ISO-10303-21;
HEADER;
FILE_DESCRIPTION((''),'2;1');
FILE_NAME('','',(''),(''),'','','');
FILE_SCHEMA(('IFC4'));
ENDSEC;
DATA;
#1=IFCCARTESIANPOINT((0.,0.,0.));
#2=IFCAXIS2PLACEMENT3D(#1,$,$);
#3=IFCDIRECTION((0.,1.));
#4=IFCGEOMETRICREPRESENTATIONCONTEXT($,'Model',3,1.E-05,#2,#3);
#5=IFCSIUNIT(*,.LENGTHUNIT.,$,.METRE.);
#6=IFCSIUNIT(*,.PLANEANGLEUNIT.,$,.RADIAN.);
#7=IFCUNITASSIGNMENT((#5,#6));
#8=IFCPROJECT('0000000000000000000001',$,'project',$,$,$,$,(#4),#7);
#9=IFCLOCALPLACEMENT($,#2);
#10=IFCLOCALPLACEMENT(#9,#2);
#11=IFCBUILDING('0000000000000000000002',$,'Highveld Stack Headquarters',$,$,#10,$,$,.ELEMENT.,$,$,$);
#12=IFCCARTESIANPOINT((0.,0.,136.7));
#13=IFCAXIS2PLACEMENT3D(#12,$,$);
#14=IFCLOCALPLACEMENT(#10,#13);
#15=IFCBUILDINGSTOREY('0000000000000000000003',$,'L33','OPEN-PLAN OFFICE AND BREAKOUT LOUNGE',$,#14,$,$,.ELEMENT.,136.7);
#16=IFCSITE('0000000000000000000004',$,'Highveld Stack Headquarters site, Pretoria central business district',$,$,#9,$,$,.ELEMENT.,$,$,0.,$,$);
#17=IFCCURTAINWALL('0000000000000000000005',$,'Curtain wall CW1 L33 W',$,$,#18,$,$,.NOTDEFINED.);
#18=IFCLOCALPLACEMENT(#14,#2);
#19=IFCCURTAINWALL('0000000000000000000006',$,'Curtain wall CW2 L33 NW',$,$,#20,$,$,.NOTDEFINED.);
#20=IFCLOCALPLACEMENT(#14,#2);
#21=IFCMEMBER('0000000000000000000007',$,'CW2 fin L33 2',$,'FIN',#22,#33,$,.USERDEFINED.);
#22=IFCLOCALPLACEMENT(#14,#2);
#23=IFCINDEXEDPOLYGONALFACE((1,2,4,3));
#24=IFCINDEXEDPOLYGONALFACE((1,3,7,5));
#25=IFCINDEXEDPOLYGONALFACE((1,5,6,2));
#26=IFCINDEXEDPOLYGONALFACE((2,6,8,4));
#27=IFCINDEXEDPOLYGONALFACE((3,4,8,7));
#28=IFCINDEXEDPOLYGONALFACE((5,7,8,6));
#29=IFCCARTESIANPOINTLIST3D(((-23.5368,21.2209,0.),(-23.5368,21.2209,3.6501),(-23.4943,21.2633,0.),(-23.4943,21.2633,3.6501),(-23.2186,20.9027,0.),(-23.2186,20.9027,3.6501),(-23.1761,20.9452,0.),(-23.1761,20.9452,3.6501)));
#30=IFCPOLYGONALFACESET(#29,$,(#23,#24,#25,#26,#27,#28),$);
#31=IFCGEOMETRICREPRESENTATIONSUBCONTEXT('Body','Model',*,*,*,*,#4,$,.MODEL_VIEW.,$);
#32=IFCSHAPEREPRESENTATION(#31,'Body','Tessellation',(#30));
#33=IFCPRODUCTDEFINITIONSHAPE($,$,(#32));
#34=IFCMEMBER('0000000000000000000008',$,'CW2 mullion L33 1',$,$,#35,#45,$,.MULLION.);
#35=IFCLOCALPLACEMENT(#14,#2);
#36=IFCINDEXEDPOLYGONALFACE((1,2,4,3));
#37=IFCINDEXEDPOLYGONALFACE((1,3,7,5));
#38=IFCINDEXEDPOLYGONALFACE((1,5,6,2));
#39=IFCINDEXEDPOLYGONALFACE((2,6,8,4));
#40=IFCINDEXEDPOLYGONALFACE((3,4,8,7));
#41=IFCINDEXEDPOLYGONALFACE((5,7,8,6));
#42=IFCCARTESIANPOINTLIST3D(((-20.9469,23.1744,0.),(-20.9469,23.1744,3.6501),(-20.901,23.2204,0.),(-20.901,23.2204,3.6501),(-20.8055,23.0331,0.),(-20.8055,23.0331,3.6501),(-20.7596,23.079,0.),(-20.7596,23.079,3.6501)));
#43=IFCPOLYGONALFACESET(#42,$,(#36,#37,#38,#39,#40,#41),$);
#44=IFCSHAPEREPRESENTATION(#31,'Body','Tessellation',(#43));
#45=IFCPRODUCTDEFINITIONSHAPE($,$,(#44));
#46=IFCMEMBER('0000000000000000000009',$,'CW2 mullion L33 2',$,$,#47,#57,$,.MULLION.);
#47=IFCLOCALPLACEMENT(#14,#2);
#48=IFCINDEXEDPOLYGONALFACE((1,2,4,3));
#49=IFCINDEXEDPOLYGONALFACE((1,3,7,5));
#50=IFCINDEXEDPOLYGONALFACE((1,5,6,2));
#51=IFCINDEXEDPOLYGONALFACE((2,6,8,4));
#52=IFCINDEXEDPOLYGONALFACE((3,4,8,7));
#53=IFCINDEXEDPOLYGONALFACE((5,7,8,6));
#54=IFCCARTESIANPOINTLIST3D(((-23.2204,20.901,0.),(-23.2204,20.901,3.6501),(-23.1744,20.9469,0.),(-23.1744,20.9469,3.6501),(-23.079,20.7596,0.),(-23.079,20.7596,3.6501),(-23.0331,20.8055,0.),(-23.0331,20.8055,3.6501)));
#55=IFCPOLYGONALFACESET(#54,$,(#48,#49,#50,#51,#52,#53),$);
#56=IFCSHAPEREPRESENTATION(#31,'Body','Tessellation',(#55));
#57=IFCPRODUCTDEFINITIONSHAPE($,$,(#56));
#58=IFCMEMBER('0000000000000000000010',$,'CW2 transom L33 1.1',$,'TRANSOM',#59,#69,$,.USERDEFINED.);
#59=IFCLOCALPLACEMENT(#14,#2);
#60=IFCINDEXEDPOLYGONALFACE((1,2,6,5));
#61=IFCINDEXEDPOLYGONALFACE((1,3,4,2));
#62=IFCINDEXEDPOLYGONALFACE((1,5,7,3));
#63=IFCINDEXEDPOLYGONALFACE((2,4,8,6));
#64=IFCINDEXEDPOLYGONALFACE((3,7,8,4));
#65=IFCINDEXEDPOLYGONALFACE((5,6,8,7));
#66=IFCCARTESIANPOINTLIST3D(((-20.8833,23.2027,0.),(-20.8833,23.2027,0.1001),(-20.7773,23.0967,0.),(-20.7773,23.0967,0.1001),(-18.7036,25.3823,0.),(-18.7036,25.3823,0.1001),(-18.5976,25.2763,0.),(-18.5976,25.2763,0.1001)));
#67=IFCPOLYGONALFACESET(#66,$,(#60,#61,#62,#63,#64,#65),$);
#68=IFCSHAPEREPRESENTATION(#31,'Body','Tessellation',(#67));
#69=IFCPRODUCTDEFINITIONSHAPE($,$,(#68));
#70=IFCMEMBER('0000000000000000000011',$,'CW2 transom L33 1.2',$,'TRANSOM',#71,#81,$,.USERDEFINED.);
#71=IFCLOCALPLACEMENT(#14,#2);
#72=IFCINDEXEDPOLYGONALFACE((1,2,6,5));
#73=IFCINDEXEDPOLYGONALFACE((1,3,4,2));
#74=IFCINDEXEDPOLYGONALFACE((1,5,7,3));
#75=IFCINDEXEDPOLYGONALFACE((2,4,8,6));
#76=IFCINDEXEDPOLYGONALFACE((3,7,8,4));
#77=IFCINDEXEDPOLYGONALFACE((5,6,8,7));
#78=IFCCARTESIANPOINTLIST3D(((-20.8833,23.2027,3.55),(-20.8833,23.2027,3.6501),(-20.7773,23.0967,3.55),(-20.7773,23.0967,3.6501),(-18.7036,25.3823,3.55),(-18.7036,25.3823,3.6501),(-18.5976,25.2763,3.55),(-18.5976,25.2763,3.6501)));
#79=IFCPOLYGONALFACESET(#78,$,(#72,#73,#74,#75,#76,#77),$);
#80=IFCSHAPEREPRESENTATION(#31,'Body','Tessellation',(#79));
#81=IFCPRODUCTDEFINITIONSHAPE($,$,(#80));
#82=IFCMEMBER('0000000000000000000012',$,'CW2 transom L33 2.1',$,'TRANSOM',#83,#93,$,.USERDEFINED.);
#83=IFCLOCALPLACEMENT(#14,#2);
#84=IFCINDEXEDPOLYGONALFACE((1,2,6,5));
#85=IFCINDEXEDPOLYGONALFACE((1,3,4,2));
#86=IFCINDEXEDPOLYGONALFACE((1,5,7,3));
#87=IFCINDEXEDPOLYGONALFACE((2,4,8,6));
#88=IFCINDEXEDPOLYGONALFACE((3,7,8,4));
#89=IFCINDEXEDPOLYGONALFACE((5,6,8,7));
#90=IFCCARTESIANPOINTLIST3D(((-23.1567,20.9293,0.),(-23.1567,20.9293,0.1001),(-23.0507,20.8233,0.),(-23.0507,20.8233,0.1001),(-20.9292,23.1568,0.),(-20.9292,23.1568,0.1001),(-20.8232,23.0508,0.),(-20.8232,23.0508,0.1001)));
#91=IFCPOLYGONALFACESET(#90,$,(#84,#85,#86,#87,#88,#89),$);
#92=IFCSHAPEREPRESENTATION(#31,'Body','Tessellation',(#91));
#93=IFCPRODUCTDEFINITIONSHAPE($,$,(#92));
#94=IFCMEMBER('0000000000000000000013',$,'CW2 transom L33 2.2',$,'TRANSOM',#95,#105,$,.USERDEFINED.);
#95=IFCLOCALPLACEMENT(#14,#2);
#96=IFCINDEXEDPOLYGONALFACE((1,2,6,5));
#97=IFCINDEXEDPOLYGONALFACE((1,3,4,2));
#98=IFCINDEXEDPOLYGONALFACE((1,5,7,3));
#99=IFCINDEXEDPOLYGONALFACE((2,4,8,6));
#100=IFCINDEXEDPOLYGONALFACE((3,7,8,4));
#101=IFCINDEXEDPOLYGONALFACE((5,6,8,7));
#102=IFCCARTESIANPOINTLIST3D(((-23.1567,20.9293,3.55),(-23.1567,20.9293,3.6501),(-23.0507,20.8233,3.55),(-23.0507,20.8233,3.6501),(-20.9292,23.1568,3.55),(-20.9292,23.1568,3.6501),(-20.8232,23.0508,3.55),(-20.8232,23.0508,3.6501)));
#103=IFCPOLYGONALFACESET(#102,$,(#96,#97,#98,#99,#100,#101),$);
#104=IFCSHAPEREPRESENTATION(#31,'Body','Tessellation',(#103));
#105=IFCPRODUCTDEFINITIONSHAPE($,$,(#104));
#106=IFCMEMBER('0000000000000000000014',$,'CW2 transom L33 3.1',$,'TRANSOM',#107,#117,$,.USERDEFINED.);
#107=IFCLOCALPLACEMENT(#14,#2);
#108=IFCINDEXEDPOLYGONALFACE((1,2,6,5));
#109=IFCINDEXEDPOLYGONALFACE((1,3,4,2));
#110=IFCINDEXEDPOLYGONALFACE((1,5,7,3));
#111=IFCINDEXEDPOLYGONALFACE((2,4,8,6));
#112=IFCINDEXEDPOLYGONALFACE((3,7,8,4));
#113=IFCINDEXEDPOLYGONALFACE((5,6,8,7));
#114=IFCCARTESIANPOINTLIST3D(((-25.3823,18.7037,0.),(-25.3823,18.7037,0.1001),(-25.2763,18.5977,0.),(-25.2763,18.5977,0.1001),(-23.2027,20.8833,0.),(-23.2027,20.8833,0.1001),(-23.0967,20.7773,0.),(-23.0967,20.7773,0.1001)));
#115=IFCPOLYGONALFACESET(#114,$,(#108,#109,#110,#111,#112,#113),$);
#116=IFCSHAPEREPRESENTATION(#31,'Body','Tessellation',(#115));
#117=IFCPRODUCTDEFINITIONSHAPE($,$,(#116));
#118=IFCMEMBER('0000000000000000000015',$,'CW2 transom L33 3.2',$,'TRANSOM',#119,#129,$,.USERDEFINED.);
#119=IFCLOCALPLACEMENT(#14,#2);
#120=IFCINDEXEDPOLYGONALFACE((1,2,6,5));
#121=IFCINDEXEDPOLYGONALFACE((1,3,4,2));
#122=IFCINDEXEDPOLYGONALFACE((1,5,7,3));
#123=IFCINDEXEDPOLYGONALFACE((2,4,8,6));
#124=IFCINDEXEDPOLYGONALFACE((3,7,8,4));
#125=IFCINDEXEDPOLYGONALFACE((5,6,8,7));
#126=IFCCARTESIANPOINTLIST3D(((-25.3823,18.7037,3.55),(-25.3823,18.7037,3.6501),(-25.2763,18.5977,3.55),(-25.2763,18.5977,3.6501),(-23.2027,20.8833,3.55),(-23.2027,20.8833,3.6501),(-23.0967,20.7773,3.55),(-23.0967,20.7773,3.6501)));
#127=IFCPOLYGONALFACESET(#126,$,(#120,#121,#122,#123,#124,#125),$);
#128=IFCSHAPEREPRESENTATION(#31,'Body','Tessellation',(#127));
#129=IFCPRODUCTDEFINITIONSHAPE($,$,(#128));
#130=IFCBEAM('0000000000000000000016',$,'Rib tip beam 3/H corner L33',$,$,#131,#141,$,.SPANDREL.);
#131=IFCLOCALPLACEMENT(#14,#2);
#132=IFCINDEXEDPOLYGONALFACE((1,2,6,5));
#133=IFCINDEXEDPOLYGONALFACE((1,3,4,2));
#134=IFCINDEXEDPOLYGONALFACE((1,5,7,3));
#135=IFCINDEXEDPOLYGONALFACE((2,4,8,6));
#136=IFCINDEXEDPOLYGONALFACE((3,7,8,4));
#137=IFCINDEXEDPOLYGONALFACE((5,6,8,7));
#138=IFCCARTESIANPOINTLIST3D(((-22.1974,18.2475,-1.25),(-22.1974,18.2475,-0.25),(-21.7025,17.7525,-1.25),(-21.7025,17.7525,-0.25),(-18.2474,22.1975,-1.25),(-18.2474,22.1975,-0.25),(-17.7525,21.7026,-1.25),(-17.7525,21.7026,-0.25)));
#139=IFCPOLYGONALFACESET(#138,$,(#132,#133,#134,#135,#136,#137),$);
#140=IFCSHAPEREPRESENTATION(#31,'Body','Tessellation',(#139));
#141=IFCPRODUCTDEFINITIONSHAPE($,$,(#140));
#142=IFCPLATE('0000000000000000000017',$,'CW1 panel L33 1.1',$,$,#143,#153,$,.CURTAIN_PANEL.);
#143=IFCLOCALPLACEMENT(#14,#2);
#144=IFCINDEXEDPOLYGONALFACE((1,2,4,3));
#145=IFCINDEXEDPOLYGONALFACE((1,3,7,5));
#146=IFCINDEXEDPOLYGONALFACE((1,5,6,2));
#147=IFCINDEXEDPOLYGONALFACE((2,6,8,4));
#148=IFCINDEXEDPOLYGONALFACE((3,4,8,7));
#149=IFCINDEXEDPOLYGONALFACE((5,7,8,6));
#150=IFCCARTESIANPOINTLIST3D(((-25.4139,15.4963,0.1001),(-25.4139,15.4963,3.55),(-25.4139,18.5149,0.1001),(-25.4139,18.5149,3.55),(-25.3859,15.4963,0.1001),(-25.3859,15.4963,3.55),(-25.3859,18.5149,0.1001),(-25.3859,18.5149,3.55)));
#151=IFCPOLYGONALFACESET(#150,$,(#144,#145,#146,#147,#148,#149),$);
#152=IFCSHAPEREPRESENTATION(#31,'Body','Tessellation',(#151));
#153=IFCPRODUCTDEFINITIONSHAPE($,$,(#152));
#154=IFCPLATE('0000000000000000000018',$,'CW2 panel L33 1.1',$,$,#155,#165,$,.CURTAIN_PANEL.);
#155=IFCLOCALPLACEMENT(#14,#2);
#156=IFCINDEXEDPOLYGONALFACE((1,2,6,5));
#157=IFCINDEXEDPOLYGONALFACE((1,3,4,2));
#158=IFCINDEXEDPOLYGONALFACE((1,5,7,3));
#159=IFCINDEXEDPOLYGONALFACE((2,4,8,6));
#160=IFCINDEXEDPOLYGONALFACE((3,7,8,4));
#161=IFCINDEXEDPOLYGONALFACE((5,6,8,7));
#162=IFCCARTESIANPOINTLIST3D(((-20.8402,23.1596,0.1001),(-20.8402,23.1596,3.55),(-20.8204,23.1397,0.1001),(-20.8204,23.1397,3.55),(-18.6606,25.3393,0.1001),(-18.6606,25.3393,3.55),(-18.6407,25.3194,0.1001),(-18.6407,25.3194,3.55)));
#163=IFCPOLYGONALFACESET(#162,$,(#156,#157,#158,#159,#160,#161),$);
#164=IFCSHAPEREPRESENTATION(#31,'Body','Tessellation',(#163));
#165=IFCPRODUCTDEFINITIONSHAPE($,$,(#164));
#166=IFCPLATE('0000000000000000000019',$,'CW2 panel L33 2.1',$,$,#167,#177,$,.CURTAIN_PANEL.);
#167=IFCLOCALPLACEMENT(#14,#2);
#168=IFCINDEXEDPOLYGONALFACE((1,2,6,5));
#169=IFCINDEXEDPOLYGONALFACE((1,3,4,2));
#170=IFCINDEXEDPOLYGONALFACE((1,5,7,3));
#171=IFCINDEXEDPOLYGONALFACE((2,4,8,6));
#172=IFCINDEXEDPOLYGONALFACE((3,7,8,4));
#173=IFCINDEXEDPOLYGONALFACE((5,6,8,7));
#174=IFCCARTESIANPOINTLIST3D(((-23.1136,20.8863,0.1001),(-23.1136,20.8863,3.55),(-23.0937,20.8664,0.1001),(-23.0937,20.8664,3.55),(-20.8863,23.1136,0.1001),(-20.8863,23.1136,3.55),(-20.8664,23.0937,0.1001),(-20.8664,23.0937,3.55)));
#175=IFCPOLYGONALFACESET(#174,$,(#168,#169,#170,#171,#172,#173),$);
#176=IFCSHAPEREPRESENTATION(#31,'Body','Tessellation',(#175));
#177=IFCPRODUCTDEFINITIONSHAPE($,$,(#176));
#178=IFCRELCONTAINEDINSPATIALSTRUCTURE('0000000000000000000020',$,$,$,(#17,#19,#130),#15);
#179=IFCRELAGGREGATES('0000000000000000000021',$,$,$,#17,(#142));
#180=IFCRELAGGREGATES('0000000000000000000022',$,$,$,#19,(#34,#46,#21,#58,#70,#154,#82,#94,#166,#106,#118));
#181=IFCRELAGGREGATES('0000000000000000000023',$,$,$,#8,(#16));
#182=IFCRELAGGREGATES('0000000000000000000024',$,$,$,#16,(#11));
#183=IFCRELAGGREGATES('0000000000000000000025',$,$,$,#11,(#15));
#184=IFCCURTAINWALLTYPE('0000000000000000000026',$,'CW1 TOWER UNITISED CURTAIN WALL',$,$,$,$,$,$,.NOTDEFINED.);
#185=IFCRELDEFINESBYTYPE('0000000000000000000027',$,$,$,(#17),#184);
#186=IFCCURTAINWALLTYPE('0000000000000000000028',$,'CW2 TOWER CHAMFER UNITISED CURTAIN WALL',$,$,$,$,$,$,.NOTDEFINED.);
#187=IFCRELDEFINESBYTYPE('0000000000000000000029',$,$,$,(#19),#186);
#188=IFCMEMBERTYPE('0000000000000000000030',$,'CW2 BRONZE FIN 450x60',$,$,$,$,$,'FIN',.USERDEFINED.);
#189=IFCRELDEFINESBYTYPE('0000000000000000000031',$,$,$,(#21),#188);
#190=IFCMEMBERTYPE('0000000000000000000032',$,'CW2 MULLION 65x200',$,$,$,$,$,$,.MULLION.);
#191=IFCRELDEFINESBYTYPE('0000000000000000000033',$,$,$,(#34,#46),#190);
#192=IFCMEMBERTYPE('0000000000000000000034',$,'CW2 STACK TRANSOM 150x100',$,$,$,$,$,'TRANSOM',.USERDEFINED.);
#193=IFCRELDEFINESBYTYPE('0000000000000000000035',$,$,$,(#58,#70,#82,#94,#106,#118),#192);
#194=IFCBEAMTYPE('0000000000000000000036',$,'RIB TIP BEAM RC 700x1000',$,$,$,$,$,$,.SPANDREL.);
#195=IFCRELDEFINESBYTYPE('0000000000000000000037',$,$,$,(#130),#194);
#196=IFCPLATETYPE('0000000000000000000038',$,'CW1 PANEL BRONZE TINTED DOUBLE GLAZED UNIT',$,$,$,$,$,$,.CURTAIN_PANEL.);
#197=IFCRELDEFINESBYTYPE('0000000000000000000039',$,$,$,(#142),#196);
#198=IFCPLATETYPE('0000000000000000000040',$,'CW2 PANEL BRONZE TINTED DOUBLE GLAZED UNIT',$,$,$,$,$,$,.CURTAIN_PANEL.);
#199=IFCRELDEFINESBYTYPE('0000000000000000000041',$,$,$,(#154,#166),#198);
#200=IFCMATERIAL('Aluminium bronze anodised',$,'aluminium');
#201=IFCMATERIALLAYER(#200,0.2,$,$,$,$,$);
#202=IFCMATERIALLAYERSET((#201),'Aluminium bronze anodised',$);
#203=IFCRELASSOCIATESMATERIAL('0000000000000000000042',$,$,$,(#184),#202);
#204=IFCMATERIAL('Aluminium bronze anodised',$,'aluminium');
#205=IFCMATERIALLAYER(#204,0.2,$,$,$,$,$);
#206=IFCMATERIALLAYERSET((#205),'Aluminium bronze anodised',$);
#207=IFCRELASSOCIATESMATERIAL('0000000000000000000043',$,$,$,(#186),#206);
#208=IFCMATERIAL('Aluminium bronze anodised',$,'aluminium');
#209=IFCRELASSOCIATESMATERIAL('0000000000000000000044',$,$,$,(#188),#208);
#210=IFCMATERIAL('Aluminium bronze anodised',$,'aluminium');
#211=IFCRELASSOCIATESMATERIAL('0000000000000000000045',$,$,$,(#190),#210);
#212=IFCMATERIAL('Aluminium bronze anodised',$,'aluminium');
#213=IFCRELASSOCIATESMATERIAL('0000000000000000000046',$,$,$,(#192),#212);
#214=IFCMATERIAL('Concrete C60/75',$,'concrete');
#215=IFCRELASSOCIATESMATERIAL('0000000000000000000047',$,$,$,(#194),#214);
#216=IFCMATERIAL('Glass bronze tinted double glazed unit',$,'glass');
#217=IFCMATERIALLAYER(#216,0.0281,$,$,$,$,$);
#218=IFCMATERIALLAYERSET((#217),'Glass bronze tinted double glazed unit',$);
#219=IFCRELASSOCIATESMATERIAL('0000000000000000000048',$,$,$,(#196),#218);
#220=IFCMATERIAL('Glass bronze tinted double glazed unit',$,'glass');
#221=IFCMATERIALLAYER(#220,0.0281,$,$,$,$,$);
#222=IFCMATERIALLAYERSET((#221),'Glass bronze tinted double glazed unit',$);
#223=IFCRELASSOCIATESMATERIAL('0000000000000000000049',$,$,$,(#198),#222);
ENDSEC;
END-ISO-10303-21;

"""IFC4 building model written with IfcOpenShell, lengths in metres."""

from ifc_helpers import new_model, si_unit, direction, frame, origin, origin_2d, place, context, subcontext, project, spatial, rectangle, extrude, material, layer, layer_set, material_profile, profile_set, type_object, element, aggregate, save


model = new_model("IFC4")

# Units and contexts
model_context = context("Model", 3, precision=1e-05, world=origin(), true_north=direction((0.0, 1.0)))
body_context = subcontext(model_context, "Body", "Model", "MODEL_VIEW")
ifc_project = project(units=[si_unit("LENGTHUNIT", "METRE"), si_unit("PLANEANGLEUNIT", "RADIAN")], contexts=[model_context])

# Site, building, storey
site_placement = place(None, origin())
site = spatial("IfcSite", under=ifc_project, at=site_placement, Name="Highveld Stack Headquarters site, Pretoria central business district", CompositionType="ELEMENT", RefElevation=0.0)
building_placement = place(site_placement, origin())
building = spatial("IfcBuilding", under=site, at=building_placement, Name="Highveld Stack Headquarters", CompositionType="ELEMENT")
storey_placement = place(building_placement, frame((0.0, 0.0, 136.7)))
storey = spatial("IfcBuildingStorey", under=building, at=storey_placement, Name="L33", Description="OPEN-PLAN OFFICE AND BREAKOUT LOUNGE", CompositionType="ELEMENT", Elevation=136.7)

# Shared definitions
ifc_material_1 = material(Name="Aluminium bronze anodised", Category="aluminium")
ifc_layer_1 = layer(ifc_material_1, 0.2)
ifc_layer_set_1 = layer_set([ifc_layer_1], Name="Aluminium bronze anodised")
curtain_wall_type_1 = type_object("IfcCurtainWallType", Name="CW1 TOWER UNITISED CURTAIN WALL", PredefinedType="NOTDEFINED", material=ifc_layer_set_1)

# Curtain wall
curtain_wall_1_placement = place(storey_placement, origin())
curtain_wall_1 = element("IfcCurtainWall", 1, at=curtain_wall_1_placement, inside=storey, type_object=curtain_wall_type_1, Name="Curtain wall CW1 L33 W", PredefinedType="NOTDEFINED")

# Curtain wall, members
ifc_material_2 = material(Name="Aluminium bronze anodised", Category="aluminium")
ifc_layer_2 = layer(ifc_material_2, 0.2)
ifc_layer_set_2 = layer_set([ifc_layer_2], Name="Aluminium bronze anodised")
curtain_wall_type_2 = type_object("IfcCurtainWallType", Name="CW2 TOWER CHAMFER UNITISED CURTAIN WALL", PredefinedType="NOTDEFINED", material=ifc_layer_set_2)
curtain_wall_2_placement = place(storey_placement, origin())
curtain_wall_2 = element("IfcCurtainWall", 2, at=curtain_wall_2_placement, inside=storey, type_object=curtain_wall_type_2, Name="Curtain wall CW2 L33 NW", PredefinedType="NOTDEFINED")
ifc_material_3 = material(Name="Aluminium bronze anodised", Category="aluminium")
ifc_material_profile_1 = material_profile(ifc_material_3, rectangle(XDim=0.45, YDim=0.0601, at=origin_2d()), Name="FIN 450x60")
ifc_profile_set_1 = profile_set([ifc_material_profile_1], Name="Aluminium bronze anodised")
member_type_1 = type_object("IfcMemberType", Name="CW2 BRONZE FIN 450x60", ElementType="FIN", PredefinedType="USERDEFINED", material=ifc_profile_set_1)
member_1_placement = place(storey_placement, frame((-23.3564, 21.083, 0.0), z_axis=(0.0, 0.0, 1.0), x_axis=(0.707107, -0.707107, 0.0)))
member_1 = element("IfcMember", 3, at=member_1_placement, type_object=member_type_1, Name="CW2 fin L33 2", ObjectType="FIN", PredefinedType="USERDEFINED", context=body_context, shape_type="SweptSolid", body=[
    extrude(rectangle(XDim=0.45, YDim=0.0601, at=origin_2d()), origin(), (0.0, 0.0, 1.0), 3.6501),
])
ifc_material_4 = material(Name="Aluminium bronze anodised", Category="aluminium")
ifc_material_profile_2 = material_profile(ifc_material_4, rectangle(XDim=0.2, YDim=0.0649, at=origin_2d()), Name="CW2 MULLION 65x200")
ifc_profile_set_2 = profile_set([ifc_material_profile_2], Name="Aluminium bronze anodised")
member_type_2 = type_object("IfcMemberType", Name="CW2 MULLION 65x200", PredefinedType="MULLION", material=ifc_profile_set_2)
member_2_placement = place(storey_placement, frame((-20.8533, 23.1267, 0.0), z_axis=(0.0, 0.0, 1.0), x_axis=(0.707107, -0.707107, 0.0)))
member_2 = element("IfcMember", 4, at=member_2_placement, type_object=member_type_2, Name="CW2 mullion L33 1", PredefinedType="MULLION", context=body_context, shape_type="SweptSolid", body=[
    extrude(rectangle(XDim=0.2, YDim=0.0649, at=origin_2d()), origin(), (0.0, 0.0, 1.0), 3.6501),
])
member_3_placement = place(storey_placement, frame((-23.1267, 20.8533, 0.0), z_axis=(0.0, 0.0, 1.0), x_axis=(0.707107, -0.707107, 0.0)))
member_3 = element("IfcMember", 5, at=member_3_placement, type_object=member_type_2, Name="CW2 mullion L33 2", PredefinedType="MULLION", context=body_context, shape_type="SweptSolid", body=[
    extrude(rectangle(XDim=0.2, YDim=0.0649, at=origin_2d()), origin(), (0.0, 0.0, 1.0), 3.6501),
])
ifc_material_5 = material(Name="Aluminium bronze anodised", Category="aluminium")
ifc_material_profile_3 = material_profile(ifc_material_5, rectangle(XDim=0.1499, YDim=0.1001, at=origin_2d()), Name="CW2 TRANSOM 150x100")
ifc_profile_set_3 = profile_set([ifc_material_profile_3], Name="Aluminium bronze anodised")
member_type_3 = type_object("IfcMemberType", Name="CW2 STACK TRANSOM 150x100", ElementType="TRANSOM", PredefinedType="USERDEFINED", material=ifc_profile_set_3)
member_4_placement = place(storey_placement, frame((-18.6506, 25.3293, 0.05), z_axis=(-0.707107, -0.707107, 0.0), x_axis=(0.707107, -0.707107, 0.0)))
member_4 = element("IfcMember", 6, at=member_4_placement, type_object=member_type_3, Name="CW2 transom L33 1.1", ObjectType="TRANSOM", PredefinedType="USERDEFINED", context=body_context, shape_type="SweptSolid", body=[
    extrude(rectangle(XDim=0.1499, YDim=0.1001, at=origin_2d()), origin(), (0.0, 0.0, 1.0), 3.0825),
])
member_5_placement = place(storey_placement, frame((-18.6506, 25.3293, 3.6001), z_axis=(-0.707107, -0.707107, 0.0), x_axis=(0.707107, -0.707107, 0.0)))
member_5 = element("IfcMember", 7, at=member_5_placement, type_object=member_type_3, Name="CW2 transom L33 1.2", ObjectType="TRANSOM", PredefinedType="USERDEFINED", context=body_context, shape_type="SweptSolid", body=[
    extrude(rectangle(XDim=0.1499, YDim=0.1001, at=origin_2d()), origin(), (0.0, 0.0, 1.0), 3.0825),
])
member_6_placement = place(storey_placement, frame((-20.8762, 23.1038, 0.05), z_axis=(-0.707107, -0.707107, 0.0), x_axis=(0.707107, -0.707107, 0.0)))
member_6 = element("IfcMember", 8, at=member_6_placement, type_object=member_type_3, Name="CW2 transom L33 2.1", ObjectType="TRANSOM", PredefinedType="USERDEFINED", context=body_context, shape_type="SweptSolid", body=[
    extrude(rectangle(XDim=0.1499, YDim=0.1001, at=origin_2d()), origin(), (0.0, 0.0, 1.0), 3.1501),
])
member_7_placement = place(storey_placement, frame((-20.8762, 23.1038, 3.6001), z_axis=(-0.707107, -0.707107, 0.0), x_axis=(0.707107, -0.707107, 0.0)))
member_7 = element("IfcMember", 9, at=member_7_placement, type_object=member_type_3, Name="CW2 transom L33 2.2", ObjectType="TRANSOM", PredefinedType="USERDEFINED", context=body_context, shape_type="SweptSolid", body=[
    extrude(rectangle(XDim=0.1499, YDim=0.1001, at=origin_2d()), origin(), (0.0, 0.0, 1.0), 3.1501),
])
member_8_placement = place(storey_placement, frame((-23.1497, 20.8303, 0.05), z_axis=(-0.707107, -0.707107, 0.0), x_axis=(0.707107, -0.707107, 0.0)))
member_8 = element("IfcMember", 10, at=member_8_placement, type_object=member_type_3, Name="CW2 transom L33 3.1", ObjectType="TRANSOM", PredefinedType="USERDEFINED", context=body_context, shape_type="SweptSolid", body=[
    extrude(rectangle(XDim=0.1499, YDim=0.1001, at=origin_2d()), origin(), (0.0, 0.0, 1.0), 3.0825),
])
member_9_placement = place(storey_placement, frame((-23.1497, 20.8303, 3.6001), z_axis=(-0.707107, -0.707107, 0.0), x_axis=(0.707107, -0.707107, 0.0)))
member_9 = element("IfcMember", 11, at=member_9_placement, type_object=member_type_3, Name="CW2 transom L33 3.2", ObjectType="TRANSOM", PredefinedType="USERDEFINED", context=body_context, shape_type="SweptSolid", body=[
    extrude(rectangle(XDim=0.1499, YDim=0.1001, at=origin_2d()), origin(), (0.0, 0.0, 1.0), 3.0825),
])

# Beam
ifc_material_6 = material(Name="Concrete C60/75", Category="concrete")
ifc_material_profile_4 = material_profile(ifc_material_6, rectangle(XDim=0.7, YDim=1.0, at=origin_2d()), Name="RC 700x1000")
ifc_profile_set_4 = profile_set([ifc_material_profile_4], Name="Concrete C60/75")
beam_type_1 = type_object("IfcBeamType", Name="RIB TIP BEAM RC 700x1000", PredefinedType="SPANDREL", material=ifc_profile_set_4)
beam_1_placement = place(storey_placement, frame((-21.95, 18.0, -0.75), z_axis=(0.707107, 0.707107, 0.0), x_axis=(-0.707107, 0.707107, 0.0)))
element("IfcBeam", 12, at=beam_1_placement, inside=storey, type_object=beam_type_1, Name="Rib tip beam 3/H corner L33", PredefinedType="SPANDREL", context=body_context, shape_type="SweptSolid", body=[
    extrude(rectangle(XDim=0.7, YDim=1.0, at=origin_2d()), origin(), (0.0, 0.0, 1.0), 5.5862),
])

# Plates
ifc_material_7 = material(Name="Glass bronze tinted double glazed unit", Category="glass")
ifc_layer_3 = layer(ifc_material_7, 0.0281)
ifc_layer_set_3 = layer_set([ifc_layer_3], Name="Glass bronze tinted double glazed unit")
plate_type_1 = type_object("IfcPlateType", Name="CW1 PANEL BRONZE TINTED DOUBLE GLAZED UNIT", PredefinedType="CURTAIN_PANEL", material=ifc_layer_set_3)
plate_1_placement = place(storey_placement, frame((-25.3999, 17.0056, 0.1001), z_axis=(0.0, 0.0, 1.0), x_axis=(0.0, -1.0, 0.0)))
plate_1 = element("IfcPlate", 13, at=plate_1_placement, type_object=plate_type_1, Name="CW1 panel L33 1.1", PredefinedType="CURTAIN_PANEL", context=body_context, shape_type="SweptSolid", body=[
    extrude(rectangle(XDim=3.0186, YDim=0.0281, at=origin_2d()), origin(), (0.0, 0.0, 1.0), 3.45),
])
aggregate(curtain_wall_1, [plate_1])
ifc_material_8 = material(Name="Glass bronze tinted double glazed unit", Category="glass")
ifc_layer_4 = layer(ifc_material_8, 0.0281)
ifc_layer_set_4 = layer_set([ifc_layer_4], Name="Glass bronze tinted double glazed unit")
plate_type_2 = type_object("IfcPlateType", Name="CW2 PANEL BRONZE TINTED DOUBLE GLAZED UNIT", PredefinedType="CURTAIN_PANEL", material=ifc_layer_set_4)
plate_2_placement = place(storey_placement, frame((-19.7405, 24.2395, 0.1001), z_axis=(0.0, 0.0, 1.0), x_axis=(-0.707107, -0.707107, 0.0)))
plate_2 = element("IfcPlate", 14, at=plate_2_placement, type_object=plate_type_2, Name="CW2 panel L33 1.1", PredefinedType="CURTAIN_PANEL", context=body_context, shape_type="SweptSolid", body=[
    extrude(rectangle(XDim=3.0825, YDim=0.0281, at=origin_2d()), origin(), (0.0, 0.0, 1.0), 3.45),
])
plate_3_placement = place(storey_placement, frame((-21.99, 21.99, 0.1001), z_axis=(0.0, 0.0, 1.0), x_axis=(-0.707107, -0.707107, 0.0)))
plate_3 = element("IfcPlate", 15, at=plate_3_placement, type_object=plate_type_2, Name="CW2 panel L33 2.1", PredefinedType="CURTAIN_PANEL", context=body_context, shape_type="SweptSolid", body=[
    extrude(rectangle(XDim=3.1499, YDim=0.0281, at=origin_2d()), origin(), (0.0, 0.0, 1.0), 3.45),
])
aggregate(curtain_wall_2, [member_2, member_3, member_1, member_4, member_5, plate_2, member_6, member_7, plate_3, member_8, member_9])

save(model, "model.ifc")
